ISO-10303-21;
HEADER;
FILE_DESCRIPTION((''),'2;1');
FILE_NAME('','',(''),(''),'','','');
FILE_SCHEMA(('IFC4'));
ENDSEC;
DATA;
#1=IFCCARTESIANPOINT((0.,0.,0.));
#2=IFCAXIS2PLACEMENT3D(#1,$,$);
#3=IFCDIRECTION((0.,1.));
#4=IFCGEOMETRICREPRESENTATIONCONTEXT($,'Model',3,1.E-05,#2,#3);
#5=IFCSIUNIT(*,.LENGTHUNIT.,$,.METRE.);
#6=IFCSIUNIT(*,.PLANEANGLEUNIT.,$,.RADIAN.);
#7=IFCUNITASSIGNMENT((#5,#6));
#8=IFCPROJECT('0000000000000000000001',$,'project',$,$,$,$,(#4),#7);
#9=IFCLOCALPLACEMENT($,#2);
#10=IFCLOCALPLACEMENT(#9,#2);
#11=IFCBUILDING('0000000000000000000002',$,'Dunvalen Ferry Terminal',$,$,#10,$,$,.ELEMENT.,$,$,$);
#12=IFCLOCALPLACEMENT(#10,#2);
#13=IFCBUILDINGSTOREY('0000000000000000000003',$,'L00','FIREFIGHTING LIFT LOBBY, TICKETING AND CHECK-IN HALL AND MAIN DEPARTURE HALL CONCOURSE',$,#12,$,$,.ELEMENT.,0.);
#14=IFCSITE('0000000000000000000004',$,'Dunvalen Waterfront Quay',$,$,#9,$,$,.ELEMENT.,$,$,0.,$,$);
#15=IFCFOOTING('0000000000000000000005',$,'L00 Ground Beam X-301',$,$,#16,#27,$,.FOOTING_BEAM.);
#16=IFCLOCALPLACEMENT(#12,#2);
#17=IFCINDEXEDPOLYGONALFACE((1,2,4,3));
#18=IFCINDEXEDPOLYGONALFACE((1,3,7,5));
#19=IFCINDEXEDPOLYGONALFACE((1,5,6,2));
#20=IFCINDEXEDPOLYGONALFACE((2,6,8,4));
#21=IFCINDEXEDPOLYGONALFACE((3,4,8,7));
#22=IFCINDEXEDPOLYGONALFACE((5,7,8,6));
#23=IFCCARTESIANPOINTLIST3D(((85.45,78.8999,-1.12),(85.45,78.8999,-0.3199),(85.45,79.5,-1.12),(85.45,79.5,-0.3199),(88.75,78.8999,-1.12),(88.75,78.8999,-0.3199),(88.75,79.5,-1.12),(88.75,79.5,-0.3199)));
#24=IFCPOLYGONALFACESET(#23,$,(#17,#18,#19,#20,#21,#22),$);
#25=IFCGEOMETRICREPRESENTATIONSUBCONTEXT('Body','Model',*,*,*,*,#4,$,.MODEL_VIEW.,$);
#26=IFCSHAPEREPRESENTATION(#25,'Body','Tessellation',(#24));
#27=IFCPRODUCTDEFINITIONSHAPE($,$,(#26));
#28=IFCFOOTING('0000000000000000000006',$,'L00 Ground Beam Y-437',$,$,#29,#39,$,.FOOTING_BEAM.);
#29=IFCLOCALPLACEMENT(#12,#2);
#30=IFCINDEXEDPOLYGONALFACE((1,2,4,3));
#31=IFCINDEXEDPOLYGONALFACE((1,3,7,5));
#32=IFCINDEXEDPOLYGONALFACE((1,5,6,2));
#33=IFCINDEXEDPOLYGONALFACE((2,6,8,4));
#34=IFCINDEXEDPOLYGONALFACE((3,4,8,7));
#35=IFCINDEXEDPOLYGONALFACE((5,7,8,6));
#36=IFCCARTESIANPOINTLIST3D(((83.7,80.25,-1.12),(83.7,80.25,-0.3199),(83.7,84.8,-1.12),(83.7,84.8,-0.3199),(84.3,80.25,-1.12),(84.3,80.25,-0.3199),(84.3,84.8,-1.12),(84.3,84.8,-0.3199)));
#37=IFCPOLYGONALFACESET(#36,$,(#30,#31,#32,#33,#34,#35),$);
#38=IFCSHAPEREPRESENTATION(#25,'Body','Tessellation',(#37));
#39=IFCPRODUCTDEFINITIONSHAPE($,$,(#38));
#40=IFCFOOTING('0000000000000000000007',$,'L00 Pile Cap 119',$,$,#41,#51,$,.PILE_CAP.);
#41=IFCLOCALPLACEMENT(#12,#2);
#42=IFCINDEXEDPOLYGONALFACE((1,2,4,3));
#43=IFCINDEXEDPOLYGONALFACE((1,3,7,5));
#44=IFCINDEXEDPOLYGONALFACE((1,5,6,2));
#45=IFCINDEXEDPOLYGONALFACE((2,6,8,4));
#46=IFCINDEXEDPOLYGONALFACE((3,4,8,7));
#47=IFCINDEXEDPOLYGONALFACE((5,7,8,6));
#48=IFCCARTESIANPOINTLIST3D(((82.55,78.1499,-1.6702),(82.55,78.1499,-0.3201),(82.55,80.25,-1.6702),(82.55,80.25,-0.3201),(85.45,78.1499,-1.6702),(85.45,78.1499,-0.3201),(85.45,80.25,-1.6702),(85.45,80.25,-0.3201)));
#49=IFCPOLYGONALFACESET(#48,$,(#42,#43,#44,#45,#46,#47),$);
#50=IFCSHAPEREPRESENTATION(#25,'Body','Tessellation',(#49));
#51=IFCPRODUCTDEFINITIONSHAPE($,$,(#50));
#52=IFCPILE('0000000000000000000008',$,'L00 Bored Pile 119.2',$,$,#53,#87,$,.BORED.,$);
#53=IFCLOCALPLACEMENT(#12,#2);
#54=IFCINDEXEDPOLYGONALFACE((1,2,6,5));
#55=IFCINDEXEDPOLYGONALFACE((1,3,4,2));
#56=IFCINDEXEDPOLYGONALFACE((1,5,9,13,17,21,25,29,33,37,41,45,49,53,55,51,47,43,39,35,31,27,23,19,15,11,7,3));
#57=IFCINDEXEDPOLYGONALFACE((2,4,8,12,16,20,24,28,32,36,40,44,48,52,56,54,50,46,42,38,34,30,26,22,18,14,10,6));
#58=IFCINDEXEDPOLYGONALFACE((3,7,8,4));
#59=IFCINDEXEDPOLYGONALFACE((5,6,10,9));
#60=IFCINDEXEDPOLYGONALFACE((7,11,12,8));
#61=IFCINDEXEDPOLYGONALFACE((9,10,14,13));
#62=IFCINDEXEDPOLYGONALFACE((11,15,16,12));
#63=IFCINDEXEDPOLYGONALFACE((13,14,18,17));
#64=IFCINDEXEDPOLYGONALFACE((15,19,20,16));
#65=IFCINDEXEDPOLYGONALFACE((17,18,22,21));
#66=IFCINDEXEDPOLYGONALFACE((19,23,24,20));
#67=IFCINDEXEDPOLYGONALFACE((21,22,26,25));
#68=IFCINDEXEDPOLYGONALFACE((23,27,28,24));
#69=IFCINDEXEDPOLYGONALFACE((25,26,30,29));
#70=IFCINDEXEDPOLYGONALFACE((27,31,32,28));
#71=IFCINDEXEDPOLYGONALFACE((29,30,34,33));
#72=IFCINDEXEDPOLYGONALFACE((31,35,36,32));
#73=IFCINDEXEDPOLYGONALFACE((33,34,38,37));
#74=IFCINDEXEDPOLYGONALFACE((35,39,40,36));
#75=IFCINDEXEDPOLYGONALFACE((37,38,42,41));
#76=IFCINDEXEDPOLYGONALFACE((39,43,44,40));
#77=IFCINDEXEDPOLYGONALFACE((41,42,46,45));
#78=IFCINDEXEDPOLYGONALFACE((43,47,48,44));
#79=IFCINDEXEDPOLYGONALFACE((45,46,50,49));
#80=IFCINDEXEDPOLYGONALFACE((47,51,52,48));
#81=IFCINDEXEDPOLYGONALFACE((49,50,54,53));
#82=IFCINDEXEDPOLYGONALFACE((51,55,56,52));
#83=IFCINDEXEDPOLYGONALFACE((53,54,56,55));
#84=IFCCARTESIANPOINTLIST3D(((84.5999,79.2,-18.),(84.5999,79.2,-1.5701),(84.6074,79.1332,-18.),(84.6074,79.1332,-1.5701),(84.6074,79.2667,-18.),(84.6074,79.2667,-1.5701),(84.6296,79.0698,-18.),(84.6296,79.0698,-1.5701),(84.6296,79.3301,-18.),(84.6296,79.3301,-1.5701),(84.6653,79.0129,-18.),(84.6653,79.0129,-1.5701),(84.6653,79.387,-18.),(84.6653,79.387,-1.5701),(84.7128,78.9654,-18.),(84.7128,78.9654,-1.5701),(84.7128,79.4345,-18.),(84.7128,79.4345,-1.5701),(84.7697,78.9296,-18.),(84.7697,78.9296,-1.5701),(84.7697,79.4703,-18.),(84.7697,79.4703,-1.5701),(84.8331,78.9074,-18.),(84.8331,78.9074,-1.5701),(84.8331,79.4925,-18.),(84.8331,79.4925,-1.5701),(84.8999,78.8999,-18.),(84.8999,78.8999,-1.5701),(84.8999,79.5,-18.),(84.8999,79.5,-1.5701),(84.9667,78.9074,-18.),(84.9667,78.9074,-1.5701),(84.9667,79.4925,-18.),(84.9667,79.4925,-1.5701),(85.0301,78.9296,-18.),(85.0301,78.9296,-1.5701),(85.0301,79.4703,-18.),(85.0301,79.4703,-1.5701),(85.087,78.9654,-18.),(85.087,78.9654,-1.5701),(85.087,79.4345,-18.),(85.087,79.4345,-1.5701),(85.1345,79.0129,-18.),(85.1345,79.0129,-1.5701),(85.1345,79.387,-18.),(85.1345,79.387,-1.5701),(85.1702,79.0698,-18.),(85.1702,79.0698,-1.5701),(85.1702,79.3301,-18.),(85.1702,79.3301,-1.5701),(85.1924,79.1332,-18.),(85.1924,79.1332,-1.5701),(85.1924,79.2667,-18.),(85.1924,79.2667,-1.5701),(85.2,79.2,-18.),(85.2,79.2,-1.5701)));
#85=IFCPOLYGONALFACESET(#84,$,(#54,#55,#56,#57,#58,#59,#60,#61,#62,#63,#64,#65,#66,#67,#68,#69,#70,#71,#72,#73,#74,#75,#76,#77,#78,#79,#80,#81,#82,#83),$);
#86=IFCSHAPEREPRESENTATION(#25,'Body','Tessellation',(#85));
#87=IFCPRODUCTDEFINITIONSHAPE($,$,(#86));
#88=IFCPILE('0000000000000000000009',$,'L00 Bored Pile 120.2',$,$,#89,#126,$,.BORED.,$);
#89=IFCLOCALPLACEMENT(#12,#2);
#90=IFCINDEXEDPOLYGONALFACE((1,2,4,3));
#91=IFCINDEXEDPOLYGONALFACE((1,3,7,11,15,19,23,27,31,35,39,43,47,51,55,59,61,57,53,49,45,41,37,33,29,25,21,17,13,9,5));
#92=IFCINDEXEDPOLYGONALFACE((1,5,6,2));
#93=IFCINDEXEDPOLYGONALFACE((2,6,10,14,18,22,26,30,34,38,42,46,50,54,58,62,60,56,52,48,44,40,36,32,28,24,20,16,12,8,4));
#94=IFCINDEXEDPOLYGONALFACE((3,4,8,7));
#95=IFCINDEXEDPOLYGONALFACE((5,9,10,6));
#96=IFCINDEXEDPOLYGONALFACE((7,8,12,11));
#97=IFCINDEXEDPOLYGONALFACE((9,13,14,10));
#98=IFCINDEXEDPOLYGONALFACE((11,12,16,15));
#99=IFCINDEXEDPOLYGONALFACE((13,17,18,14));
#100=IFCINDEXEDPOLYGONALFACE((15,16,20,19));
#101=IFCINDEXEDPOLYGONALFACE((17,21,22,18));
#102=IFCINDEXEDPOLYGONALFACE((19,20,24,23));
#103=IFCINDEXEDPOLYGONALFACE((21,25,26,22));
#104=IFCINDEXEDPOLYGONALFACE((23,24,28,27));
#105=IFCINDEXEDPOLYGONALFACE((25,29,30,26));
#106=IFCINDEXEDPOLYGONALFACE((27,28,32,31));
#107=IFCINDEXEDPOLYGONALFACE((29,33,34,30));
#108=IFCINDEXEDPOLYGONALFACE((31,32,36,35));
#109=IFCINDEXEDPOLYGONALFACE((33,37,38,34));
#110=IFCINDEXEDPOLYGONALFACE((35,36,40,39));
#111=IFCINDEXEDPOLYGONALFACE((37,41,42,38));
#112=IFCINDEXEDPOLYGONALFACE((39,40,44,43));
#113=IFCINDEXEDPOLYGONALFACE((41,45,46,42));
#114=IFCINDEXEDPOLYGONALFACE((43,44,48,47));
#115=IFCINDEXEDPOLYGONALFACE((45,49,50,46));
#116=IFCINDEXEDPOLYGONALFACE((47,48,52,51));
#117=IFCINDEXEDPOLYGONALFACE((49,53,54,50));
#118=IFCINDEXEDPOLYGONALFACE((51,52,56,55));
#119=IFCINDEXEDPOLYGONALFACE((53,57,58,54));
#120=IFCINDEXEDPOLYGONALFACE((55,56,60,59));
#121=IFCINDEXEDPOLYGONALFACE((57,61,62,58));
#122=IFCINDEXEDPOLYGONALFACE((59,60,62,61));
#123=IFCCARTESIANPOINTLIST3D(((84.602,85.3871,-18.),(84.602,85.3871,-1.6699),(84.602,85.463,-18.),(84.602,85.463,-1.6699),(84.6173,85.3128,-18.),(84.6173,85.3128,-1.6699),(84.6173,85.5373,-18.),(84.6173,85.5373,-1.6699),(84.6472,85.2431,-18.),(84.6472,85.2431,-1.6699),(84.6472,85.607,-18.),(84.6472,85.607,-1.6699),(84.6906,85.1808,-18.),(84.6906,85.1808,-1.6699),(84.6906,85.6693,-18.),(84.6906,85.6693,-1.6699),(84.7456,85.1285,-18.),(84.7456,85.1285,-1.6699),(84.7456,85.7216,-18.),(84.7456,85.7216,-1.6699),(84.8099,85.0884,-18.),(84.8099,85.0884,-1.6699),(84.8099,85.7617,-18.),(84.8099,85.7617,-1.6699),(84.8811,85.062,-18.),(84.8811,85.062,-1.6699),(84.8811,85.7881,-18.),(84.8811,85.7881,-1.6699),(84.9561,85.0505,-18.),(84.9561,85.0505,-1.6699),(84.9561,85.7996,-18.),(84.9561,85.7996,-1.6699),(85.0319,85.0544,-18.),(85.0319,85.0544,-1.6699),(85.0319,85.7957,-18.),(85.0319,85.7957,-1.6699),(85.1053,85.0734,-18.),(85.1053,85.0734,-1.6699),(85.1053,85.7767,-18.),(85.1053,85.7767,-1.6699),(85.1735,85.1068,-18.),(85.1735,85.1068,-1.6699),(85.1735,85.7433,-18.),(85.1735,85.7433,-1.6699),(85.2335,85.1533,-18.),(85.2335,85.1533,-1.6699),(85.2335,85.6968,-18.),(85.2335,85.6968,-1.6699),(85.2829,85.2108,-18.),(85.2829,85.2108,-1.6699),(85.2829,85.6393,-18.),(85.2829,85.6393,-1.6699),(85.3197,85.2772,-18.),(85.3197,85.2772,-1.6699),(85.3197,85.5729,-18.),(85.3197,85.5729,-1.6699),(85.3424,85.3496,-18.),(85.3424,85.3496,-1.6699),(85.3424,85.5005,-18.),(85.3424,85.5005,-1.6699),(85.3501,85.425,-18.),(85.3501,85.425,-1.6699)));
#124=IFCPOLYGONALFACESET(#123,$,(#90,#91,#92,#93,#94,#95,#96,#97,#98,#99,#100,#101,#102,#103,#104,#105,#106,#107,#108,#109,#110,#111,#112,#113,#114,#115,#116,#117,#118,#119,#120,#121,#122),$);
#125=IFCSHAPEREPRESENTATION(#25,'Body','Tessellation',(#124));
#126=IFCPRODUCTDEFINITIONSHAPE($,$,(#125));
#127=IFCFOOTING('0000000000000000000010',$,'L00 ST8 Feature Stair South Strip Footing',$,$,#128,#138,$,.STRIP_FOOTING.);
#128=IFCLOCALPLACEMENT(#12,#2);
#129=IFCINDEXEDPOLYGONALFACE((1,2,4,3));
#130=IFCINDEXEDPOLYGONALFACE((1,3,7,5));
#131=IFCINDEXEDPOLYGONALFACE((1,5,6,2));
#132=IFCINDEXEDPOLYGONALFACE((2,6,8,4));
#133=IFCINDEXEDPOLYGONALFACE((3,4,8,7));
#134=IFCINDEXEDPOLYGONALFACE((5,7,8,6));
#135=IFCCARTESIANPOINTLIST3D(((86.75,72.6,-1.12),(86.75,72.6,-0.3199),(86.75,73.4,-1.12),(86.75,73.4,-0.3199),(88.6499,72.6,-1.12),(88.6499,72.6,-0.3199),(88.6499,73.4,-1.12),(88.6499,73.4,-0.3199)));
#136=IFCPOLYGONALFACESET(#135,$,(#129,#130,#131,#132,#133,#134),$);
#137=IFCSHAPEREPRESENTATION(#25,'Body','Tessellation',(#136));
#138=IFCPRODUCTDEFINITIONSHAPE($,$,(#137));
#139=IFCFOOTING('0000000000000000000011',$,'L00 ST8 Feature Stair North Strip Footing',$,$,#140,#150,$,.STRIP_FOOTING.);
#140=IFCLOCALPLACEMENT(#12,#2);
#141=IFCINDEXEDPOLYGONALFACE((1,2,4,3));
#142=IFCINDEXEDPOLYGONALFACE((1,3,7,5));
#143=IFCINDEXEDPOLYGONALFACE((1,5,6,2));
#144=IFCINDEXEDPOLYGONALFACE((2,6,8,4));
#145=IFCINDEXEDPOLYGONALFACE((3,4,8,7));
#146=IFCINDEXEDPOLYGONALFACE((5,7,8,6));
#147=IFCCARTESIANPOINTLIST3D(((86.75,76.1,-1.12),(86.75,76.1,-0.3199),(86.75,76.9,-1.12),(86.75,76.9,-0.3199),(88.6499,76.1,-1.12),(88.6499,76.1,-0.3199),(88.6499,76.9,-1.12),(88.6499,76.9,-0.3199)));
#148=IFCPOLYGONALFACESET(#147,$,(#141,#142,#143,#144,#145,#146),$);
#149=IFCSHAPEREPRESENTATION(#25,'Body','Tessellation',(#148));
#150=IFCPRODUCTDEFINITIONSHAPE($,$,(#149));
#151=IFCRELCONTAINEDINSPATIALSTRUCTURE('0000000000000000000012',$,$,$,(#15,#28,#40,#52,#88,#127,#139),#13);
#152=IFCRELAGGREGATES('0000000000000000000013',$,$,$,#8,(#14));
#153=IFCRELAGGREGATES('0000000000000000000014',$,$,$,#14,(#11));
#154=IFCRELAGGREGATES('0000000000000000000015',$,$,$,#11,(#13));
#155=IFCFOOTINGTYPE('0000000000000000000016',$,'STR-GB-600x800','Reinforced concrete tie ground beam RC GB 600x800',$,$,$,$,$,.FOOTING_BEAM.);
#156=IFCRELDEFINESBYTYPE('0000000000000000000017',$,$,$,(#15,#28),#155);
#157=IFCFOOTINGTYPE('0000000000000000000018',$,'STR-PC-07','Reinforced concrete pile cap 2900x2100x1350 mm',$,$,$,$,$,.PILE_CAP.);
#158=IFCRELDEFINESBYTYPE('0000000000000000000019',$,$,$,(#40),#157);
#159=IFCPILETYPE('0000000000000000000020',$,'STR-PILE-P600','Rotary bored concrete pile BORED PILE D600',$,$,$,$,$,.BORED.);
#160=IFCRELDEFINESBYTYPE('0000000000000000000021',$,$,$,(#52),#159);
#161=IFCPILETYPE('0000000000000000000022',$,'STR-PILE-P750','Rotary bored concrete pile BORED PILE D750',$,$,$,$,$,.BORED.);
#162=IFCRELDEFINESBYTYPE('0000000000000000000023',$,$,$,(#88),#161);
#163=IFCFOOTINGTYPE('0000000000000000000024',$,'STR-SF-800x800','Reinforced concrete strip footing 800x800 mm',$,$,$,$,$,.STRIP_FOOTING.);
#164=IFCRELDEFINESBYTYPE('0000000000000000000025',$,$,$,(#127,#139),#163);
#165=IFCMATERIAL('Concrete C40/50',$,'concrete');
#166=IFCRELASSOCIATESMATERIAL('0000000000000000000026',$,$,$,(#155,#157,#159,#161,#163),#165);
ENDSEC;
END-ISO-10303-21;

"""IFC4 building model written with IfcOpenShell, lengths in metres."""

from ifc_helpers import new_model, si_unit, direction, frame, origin, origin_2d, place, context, subcontext, project, spatial, rectangle, circle, extrude, material, material_profile, profile_set, type_object, element, save


model = new_model("IFC4")

# Units and contexts
model_context = context("Model", 3, precision=1e-05, world=origin(), true_north=direction((0.0, 1.0)))
body_context = subcontext(model_context, "Body", "Model", "MODEL_VIEW")
ifc_project = project(units=[si_unit("LENGTHUNIT", "METRE"), si_unit("PLANEANGLEUNIT", "RADIAN")], contexts=[model_context])

# Site, building, storey
site_placement = place(None, origin())
site = spatial("IfcSite", under=ifc_project, at=site_placement, Name="Dunvalen Waterfront Quay", CompositionType="ELEMENT", RefElevation=0.0)
building_placement = place(site_placement, origin())
building = spatial("IfcBuilding", under=site, at=building_placement, Name="Dunvalen Ferry Terminal", CompositionType="ELEMENT")
storey_placement = place(building_placement, origin())
storey = spatial("IfcBuildingStorey", under=building, at=storey_placement, Name="L00", Description="FIREFIGHTING LIFT LOBBY, TICKETING AND CHECK-IN HALL AND MAIN DEPARTURE HALL CONCOURSE", CompositionType="ELEMENT", Elevation=0.0)

# Footings
ifc_material_1 = material(Name="Concrete C40/50", Category="concrete")
ifc_material_profile_1 = material_profile(ifc_material_1, rectangle(XDim=0.6001, YDim=0.8, at=origin_2d()), Name="Concrete C40/50")
ifc_profile_set_1 = profile_set([ifc_material_profile_1], Name="Concrete C40/50")
footing_type_1 = type_object("IfcFootingType", Name="STR-GB-600x800", Description="Reinforced concrete tie ground beam RC GB 600x800", PredefinedType="FOOTING_BEAM", material=ifc_profile_set_1)
footing_1_placement = place(storey_placement, frame((85.45, 79.2, -0.72), z_axis=(1.0, 0.0, 0.0), x_axis=(0.0, 1.0, 0.0)))
element("IfcFooting", 1, at=footing_1_placement, inside=storey, type_object=footing_type_1, Name="L00 Ground Beam X-301", PredefinedType="FOOTING_BEAM", context=body_context, shape_type="SweptSolid", body=[
    extrude(rectangle(XDim=0.6001, YDim=0.8, at=origin_2d()), origin(), (0.0, 0.0, 1.0), 3.3),
])
footing_2_placement = place(storey_placement, frame((84.0, 80.25, -0.72), z_axis=(0.0, 1.0, 0.0), x_axis=(-1.0, 0.0, 0.0)))
element("IfcFooting", 2, at=footing_2_placement, inside=storey, type_object=footing_type_1, Name="L00 Ground Beam Y-437", PredefinedType="FOOTING_BEAM", context=body_context, shape_type="SweptSolid", body=[
    extrude(rectangle(XDim=0.6001, YDim=0.8, at=origin_2d()), origin(), (0.0, 0.0, 1.0), 4.55),
])
footing_type_2 = type_object("IfcFootingType", Name="STR-PC-07", Description="Reinforced concrete pile cap 2900x2100x1350 mm", PredefinedType="PILE_CAP", material=ifc_material_1)
footing_3_placement = place(storey_placement, frame((84.0, 79.2, -1.6702), z_axis=(0.0, 0.0, 1.0), x_axis=(1.0, 0.0, 0.0)))
element("IfcFooting", 3, at=footing_3_placement, inside=storey, type_object=footing_type_2, Name="L00 Pile Cap 119", PredefinedType="PILE_CAP", context=body_context, shape_type="SweptSolid", body=[
    extrude(rectangle(XDim=2.8999, YDim=2.1001, at=origin_2d()), origin(), (0.0, 0.0, 1.0), 1.3501),
])

# Piles
ifc_material_profile_2 = material_profile(ifc_material_1, circle(Radius=0.3, at=origin_2d()), Name="Concrete C40/50")
ifc_profile_set_2 = profile_set([ifc_material_profile_2], Name="Concrete C40/50")
pile_type_1 = type_object("IfcPileType", Name="STR-PILE-P600", Description="Rotary bored concrete pile BORED PILE D600", PredefinedType="BORED", material=ifc_profile_set_2)
pile_1_placement = place(storey_placement, frame((84.8999, 79.2, -1.5701), z_axis=(0.0, 0.0, -1.0), x_axis=(1.0, 0.0, 0.0)))
element("IfcPile", 4, at=pile_1_placement, inside=storey, type_object=pile_type_1, Name="L00 Bored Pile 119.2", PredefinedType="BORED", context=body_context, shape_type="SweptSolid", body=[
    extrude(circle(Radius=0.3, at=origin_2d()), origin(), (0.0, 0.0, 1.0), 16.4299),
])
ifc_material_profile_3 = material_profile(ifc_material_1, circle(Radius=0.375, at=origin_2d()), Name="Concrete C40/50")
ifc_profile_set_3 = profile_set([ifc_material_profile_3], Name="Concrete C40/50")
pile_type_2 = type_object("IfcPileType", Name="STR-PILE-P750", Description="Rotary bored concrete pile BORED PILE D750", PredefinedType="BORED", material=ifc_profile_set_3)
pile_2_placement = place(storey_placement, frame((84.9751, 85.425, -1.6699), z_axis=(0.0, 0.0, -1.0), x_axis=(1.0, 0.0, 0.0)))
element("IfcPile", 5, at=pile_2_placement, inside=storey, type_object=pile_type_2, Name="L00 Bored Pile 120.2", PredefinedType="BORED", context=body_context, shape_type="SweptSolid", body=[
    extrude(circle(Radius=0.375, at=origin_2d()), origin(), (0.0, 0.0, 1.0), 16.3301),
])

# Footings
ifc_material_profile_4 = material_profile(ifc_material_1, rectangle(XDim=0.8, YDim=0.8, at=origin_2d()), Name="Concrete C40/50")
ifc_profile_set_4 = profile_set([ifc_material_profile_4], Name="Concrete C40/50")
footing_type_3 = type_object("IfcFootingType", Name="STR-SF-800x800", Description="Reinforced concrete strip footing 800x800 mm", PredefinedType="STRIP_FOOTING", material=ifc_profile_set_4)
for number, where, z_axis, x_axis, name in (
    (6, (86.75, 73.0, -0.72), (1.0, 0.0, 0.0), (0.0, 1.0, 0.0), "L00 ST8 Feature Stair South Strip Footing"),
    (7, (86.75, 76.5, -0.72), (1.0, 0.0, 0.0), (0.0, 1.0, 0.0), "L00 ST8 Feature Stair North Strip Footing"),
):
    element("IfcFooting", number, at=place(storey_placement, frame(where, z_axis=z_axis, x_axis=x_axis)), inside=storey, type_object=footing_type_3, Name=name, PredefinedType="STRIP_FOOTING", context=body_context, shape_type="SweptSolid", body=[
        extrude(rectangle(XDim=0.8, YDim=0.8, at=origin_2d()), origin(), (0.0, 0.0, 1.0), 1.8999),
    ])

save(model, "model.ifc")
